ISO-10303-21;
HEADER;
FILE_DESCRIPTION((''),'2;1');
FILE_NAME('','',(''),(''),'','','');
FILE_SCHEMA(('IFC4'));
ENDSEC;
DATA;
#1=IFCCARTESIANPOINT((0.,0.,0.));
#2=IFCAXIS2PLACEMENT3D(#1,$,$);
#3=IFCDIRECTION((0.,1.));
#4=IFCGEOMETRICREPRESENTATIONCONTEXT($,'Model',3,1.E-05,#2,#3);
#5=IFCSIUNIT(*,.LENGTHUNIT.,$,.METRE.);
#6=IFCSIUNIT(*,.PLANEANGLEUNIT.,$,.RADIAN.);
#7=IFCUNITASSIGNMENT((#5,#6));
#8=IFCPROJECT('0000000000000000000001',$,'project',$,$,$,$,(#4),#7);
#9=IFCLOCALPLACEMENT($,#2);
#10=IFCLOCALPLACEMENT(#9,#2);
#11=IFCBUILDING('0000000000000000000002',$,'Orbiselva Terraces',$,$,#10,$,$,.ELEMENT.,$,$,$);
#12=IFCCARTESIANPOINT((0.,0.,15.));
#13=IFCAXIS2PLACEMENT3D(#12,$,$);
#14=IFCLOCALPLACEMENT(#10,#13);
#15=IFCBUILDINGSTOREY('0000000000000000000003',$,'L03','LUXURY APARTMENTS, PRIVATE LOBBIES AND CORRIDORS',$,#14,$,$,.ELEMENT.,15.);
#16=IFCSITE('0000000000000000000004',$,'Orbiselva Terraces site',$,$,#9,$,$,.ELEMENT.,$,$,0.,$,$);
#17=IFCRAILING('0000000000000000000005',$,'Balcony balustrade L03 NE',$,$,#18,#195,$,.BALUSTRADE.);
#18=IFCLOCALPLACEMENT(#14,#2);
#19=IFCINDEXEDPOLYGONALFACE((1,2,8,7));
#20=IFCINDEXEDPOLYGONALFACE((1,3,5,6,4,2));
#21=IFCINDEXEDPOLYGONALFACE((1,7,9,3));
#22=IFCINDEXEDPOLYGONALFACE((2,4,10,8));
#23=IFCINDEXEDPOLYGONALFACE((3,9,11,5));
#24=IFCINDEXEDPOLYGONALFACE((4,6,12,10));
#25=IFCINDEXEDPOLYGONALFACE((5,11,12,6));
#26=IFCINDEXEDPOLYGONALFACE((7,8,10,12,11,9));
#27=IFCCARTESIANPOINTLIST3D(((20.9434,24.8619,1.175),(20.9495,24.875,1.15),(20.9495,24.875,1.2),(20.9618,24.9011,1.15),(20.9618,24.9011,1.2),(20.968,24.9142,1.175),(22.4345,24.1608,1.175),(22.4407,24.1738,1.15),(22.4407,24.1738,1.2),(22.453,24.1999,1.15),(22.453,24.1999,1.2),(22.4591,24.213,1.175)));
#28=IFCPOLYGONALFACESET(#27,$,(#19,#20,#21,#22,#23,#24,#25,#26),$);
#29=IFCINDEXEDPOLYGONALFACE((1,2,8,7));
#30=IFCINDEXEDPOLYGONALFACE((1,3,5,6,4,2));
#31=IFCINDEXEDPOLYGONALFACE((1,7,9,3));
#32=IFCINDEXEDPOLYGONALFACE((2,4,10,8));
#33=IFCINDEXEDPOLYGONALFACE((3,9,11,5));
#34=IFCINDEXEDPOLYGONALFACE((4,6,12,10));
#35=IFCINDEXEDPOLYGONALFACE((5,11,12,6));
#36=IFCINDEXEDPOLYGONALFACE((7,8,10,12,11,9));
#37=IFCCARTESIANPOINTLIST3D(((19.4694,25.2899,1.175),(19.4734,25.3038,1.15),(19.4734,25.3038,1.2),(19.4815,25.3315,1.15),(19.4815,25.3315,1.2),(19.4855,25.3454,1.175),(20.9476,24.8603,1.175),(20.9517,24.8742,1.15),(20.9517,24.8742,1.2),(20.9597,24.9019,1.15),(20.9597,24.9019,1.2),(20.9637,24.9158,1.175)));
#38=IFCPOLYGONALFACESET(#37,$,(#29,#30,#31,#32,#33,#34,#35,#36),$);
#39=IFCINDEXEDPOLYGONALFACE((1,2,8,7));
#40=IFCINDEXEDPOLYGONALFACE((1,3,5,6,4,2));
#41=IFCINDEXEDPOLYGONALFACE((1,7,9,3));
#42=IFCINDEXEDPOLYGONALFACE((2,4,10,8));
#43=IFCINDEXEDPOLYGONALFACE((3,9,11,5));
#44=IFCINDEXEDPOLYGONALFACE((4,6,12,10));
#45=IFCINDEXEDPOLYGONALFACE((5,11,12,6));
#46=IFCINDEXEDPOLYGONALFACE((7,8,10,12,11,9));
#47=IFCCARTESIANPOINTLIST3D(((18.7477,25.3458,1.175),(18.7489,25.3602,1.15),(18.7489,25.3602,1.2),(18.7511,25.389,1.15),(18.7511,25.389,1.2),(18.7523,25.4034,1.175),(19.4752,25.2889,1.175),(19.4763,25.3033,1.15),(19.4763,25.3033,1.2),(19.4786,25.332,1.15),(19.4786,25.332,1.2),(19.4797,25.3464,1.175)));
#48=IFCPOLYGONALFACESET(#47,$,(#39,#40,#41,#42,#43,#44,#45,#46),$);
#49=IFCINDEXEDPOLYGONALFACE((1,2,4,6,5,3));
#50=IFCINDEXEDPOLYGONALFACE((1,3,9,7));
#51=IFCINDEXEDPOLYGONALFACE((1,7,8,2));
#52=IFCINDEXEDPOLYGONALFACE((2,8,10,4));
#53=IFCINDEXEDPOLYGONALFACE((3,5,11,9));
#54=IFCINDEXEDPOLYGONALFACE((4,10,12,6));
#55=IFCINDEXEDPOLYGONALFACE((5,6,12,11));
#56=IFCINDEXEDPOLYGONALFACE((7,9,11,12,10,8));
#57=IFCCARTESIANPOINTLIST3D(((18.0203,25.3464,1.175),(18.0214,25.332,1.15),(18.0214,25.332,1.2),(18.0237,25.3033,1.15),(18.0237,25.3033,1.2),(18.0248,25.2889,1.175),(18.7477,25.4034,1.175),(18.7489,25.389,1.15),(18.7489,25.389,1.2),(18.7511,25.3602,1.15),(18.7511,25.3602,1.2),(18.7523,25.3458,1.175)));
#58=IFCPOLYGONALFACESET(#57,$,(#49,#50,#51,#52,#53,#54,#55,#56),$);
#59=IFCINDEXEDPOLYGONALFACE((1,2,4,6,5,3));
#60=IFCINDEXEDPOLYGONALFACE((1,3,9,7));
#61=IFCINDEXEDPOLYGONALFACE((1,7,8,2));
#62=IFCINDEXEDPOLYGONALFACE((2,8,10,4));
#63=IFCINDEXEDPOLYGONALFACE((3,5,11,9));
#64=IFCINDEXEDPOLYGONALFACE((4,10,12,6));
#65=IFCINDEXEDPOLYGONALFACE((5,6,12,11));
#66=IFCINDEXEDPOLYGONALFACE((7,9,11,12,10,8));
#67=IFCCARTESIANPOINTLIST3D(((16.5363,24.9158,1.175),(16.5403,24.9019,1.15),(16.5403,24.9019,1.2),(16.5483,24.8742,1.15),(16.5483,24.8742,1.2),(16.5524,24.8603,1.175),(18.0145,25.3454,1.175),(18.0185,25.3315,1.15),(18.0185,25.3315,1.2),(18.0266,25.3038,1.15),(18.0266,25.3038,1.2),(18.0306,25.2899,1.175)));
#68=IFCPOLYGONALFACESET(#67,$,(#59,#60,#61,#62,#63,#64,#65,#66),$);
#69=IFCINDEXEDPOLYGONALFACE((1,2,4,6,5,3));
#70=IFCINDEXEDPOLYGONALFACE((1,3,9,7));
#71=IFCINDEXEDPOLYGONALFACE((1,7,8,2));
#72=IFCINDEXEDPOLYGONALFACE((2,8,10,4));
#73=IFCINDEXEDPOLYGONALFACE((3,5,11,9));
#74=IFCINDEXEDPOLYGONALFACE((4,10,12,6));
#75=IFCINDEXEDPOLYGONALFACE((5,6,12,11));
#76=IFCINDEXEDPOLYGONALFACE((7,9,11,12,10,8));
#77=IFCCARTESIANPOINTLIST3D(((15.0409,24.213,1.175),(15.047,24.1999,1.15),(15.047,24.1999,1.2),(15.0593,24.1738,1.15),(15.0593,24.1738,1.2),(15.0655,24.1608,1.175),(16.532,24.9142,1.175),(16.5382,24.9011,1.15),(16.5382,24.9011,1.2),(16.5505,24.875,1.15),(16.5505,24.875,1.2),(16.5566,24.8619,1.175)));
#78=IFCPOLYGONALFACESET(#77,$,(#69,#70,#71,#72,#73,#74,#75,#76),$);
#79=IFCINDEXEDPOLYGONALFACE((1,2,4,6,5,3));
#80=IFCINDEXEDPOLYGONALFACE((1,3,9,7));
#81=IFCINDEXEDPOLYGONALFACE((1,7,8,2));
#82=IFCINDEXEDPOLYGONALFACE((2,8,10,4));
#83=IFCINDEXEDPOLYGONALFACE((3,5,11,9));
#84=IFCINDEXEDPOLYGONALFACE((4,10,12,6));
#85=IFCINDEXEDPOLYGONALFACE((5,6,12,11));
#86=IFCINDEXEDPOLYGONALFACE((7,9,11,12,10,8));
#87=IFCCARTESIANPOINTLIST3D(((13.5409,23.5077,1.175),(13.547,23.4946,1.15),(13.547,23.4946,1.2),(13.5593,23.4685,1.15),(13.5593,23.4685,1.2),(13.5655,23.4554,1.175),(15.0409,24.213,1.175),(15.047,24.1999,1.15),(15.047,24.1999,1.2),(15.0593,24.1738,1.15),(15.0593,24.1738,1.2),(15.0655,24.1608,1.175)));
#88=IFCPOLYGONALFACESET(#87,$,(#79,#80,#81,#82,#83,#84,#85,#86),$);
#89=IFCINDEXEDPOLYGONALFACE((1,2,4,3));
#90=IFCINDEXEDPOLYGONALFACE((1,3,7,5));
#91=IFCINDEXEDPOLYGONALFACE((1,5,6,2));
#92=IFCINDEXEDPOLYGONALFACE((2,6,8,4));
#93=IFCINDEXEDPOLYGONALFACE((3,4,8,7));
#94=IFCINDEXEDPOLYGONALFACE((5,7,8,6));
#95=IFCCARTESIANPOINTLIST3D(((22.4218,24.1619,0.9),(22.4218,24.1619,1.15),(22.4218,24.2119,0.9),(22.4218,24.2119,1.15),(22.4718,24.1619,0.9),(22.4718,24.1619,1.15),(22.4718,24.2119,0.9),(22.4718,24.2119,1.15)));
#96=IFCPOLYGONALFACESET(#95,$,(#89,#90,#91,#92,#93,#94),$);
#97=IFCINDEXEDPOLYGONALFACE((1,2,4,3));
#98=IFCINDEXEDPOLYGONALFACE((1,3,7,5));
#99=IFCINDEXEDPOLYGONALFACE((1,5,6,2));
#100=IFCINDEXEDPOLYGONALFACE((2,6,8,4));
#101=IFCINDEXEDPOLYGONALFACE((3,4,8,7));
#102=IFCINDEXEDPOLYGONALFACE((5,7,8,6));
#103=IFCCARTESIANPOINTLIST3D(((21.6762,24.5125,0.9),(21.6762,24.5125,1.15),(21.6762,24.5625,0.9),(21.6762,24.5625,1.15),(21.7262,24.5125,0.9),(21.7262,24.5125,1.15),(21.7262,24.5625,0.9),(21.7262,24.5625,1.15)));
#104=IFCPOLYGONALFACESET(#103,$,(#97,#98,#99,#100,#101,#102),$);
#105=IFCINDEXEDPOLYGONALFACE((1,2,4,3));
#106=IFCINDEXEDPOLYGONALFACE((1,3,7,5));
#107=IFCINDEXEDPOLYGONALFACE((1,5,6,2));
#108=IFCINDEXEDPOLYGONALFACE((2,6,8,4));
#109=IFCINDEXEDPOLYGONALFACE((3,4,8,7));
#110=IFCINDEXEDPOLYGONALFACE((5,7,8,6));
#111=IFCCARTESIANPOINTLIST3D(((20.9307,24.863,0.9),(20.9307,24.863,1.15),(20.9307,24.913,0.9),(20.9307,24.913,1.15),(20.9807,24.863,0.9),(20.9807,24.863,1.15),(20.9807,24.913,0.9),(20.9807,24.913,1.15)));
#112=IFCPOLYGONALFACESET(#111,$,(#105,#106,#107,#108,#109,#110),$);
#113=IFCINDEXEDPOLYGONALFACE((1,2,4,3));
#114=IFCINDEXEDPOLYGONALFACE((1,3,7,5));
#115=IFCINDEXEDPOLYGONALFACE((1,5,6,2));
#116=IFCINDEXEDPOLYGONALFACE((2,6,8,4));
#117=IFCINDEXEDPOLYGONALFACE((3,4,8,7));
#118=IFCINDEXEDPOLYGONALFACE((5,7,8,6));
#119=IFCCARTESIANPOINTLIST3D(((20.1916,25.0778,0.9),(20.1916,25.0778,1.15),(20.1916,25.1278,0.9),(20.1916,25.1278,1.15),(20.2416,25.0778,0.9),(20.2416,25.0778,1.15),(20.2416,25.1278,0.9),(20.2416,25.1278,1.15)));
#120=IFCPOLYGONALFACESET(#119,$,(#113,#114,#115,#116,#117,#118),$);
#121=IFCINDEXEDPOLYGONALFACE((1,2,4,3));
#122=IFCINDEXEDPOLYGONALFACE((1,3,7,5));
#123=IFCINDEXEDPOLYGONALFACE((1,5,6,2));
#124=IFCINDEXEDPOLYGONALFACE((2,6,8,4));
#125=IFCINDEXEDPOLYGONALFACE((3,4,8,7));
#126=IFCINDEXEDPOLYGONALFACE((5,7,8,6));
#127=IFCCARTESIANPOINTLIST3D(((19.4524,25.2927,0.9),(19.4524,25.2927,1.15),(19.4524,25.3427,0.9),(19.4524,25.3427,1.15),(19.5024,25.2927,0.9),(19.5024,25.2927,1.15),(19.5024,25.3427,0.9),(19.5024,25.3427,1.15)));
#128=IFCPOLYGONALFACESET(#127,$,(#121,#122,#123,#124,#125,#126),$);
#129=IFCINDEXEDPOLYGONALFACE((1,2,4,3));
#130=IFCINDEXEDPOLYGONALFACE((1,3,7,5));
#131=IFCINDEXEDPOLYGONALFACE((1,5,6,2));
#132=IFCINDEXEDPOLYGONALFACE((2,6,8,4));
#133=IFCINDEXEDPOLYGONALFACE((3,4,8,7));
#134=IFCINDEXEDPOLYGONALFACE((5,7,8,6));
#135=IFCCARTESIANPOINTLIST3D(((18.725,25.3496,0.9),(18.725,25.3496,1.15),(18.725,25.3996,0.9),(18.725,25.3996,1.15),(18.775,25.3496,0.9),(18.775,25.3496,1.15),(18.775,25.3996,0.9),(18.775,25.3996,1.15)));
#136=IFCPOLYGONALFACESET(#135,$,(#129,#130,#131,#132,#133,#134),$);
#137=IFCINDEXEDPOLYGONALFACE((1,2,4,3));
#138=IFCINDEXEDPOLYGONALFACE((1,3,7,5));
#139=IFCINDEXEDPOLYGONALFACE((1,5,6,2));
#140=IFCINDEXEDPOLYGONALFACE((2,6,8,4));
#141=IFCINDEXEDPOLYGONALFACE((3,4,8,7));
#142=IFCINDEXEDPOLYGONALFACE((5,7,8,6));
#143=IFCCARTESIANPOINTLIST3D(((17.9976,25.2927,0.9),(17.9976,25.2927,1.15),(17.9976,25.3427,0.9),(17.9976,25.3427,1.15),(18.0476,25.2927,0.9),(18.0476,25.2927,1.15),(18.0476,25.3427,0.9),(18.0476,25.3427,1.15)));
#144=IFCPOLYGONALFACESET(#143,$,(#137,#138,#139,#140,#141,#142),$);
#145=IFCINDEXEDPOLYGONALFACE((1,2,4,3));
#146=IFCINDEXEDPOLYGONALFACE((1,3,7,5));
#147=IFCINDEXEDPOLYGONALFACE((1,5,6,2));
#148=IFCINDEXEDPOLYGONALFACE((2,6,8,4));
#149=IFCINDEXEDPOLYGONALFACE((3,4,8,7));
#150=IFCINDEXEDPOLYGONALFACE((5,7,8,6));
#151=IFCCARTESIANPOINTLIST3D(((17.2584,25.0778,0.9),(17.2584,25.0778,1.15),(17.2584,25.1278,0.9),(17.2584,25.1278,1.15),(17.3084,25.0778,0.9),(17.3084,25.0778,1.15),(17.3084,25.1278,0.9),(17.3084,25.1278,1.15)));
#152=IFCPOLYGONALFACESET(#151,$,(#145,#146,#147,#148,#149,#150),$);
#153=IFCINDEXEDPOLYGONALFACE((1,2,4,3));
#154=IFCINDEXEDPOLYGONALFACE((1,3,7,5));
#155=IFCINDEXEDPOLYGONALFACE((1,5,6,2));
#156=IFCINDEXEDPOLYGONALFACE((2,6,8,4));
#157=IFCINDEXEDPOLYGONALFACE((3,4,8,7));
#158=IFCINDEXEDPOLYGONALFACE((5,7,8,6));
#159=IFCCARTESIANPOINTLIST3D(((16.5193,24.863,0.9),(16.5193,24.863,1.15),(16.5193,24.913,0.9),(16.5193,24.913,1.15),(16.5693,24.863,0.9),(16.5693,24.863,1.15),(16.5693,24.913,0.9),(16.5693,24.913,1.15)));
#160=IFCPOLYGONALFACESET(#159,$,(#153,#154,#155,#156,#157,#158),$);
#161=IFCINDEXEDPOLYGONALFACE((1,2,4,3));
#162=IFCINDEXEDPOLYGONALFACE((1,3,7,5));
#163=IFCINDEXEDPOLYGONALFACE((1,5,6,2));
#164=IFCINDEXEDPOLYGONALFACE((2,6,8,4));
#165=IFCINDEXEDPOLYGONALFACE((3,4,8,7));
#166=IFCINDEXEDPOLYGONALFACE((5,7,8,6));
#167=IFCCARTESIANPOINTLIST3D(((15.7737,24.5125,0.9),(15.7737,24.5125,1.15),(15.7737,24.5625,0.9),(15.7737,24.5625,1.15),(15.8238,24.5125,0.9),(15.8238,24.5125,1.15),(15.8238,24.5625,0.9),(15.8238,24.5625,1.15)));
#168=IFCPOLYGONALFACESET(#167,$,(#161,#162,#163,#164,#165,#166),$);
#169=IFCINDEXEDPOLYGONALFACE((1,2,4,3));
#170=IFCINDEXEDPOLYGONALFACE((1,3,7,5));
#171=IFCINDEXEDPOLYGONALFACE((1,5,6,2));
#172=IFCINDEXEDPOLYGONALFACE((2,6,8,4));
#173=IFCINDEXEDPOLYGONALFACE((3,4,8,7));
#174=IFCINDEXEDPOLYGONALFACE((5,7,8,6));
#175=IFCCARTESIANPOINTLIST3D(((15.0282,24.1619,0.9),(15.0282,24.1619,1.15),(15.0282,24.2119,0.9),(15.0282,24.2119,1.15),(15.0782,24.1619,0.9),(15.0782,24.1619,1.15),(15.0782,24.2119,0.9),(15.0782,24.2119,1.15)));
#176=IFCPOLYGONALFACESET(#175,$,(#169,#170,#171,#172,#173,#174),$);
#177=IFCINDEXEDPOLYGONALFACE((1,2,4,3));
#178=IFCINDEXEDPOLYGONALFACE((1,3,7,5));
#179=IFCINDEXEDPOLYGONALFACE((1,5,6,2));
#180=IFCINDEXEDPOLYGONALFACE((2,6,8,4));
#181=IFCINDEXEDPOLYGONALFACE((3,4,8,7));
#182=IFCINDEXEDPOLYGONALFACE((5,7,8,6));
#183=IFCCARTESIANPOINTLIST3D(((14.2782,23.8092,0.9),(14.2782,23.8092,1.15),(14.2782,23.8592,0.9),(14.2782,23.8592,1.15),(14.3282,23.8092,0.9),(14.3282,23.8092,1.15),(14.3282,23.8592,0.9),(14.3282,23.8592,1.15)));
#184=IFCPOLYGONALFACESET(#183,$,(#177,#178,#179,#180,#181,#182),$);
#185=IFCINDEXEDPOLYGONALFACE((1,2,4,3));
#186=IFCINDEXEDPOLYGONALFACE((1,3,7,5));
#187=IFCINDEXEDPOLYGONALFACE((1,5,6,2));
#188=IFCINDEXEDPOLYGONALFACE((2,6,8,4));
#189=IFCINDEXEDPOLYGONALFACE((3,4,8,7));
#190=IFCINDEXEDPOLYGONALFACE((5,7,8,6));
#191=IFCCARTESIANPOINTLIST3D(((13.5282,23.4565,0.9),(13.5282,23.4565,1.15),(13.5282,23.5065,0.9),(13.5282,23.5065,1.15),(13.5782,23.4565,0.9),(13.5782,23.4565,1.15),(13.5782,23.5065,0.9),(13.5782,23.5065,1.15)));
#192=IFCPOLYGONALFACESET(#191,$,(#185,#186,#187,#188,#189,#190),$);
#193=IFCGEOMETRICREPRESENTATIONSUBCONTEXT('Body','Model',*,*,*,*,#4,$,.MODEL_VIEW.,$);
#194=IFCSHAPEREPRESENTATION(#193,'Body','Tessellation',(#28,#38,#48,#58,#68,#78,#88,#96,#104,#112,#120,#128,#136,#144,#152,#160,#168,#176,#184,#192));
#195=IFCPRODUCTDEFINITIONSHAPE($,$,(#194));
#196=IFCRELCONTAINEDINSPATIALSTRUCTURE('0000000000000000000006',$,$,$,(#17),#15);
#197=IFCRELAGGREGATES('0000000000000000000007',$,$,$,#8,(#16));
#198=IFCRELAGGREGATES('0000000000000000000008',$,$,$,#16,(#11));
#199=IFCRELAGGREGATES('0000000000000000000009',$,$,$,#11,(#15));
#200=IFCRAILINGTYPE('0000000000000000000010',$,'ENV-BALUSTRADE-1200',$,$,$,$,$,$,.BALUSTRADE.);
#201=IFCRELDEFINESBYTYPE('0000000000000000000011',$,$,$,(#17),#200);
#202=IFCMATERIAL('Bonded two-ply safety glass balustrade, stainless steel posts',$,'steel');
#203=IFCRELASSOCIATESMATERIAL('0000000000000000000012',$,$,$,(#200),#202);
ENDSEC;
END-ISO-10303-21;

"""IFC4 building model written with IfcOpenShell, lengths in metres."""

from ifc_helpers import new_model, si_unit, direction, frame, origin, origin_2d, place, context, subcontext, project, spatial, polyline, rectangle, outline, extrude, material, type_object, element, save


model = new_model("IFC4")

# Units and contexts
model_context = context("Model", 3, precision=1e-05, world=origin(), true_north=direction((0.0, 1.0)))
body_context = subcontext(model_context, "Body", "Model", "MODEL_VIEW")
ifc_project = project(units=[si_unit("LENGTHUNIT", "METRE"), si_unit("PLANEANGLEUNIT", "RADIAN")], contexts=[model_context])

# Site, building, storey
site_placement = place(None, origin())
site = spatial("IfcSite", under=ifc_project, at=site_placement, Name="Orbiselva Terraces site", CompositionType="ELEMENT", RefElevation=0.0)
building_placement = place(site_placement, origin())
building = spatial("IfcBuilding", under=site, at=building_placement, Name="Orbiselva Terraces", CompositionType="ELEMENT")
storey_placement = place(building_placement, frame((0.0, 0.0, 15.0)))
storey = spatial("IfcBuildingStorey", under=building, at=storey_placement, Name="L03", Description="LUXURY APARTMENTS, PRIVATE LOBBIES AND CORRIDORS", CompositionType="ELEMENT", Elevation=15.0)

# Railing
ifc_material_1 = material(Name="Bonded two-ply safety glass balustrade, stainless steel posts", Category="steel")
railing_type_1 = type_object("IfcRailingType", Name="ENV-BALUSTRADE-1200", PredefinedType="BALUSTRADE", material=ifc_material_1)
railing_1_placement = place(storey_placement, frame((22.4468, 24.1869, 0.9)))
element("IfcRailing", 1, at=railing_1_placement, inside=storey, type_object=railing_type_1, Name="Balcony balustrade L03 NE", PredefinedType="BALUSTRADE", context=body_context, shape_type="SweptSolid", body=[
    extrude(outline(polyline([(0.0289, 0.0), (0.0144, 0.025), (-0.0144, 0.025), (-0.0289, 0.0), (-0.0144, -0.025), (0.0144, -0.025), (0.0289, 0.0)])), frame((0.0, 0.0, 0.275), z_axis=(-0.904944, 0.42553, 0.0), x_axis=(-0.42553, -0.904944, 0.0)), (0.0, 0.0, 1.0), 1.6477),
    extrude(outline(polyline([(0.0289, 0.0), (0.0144, 0.025), (-0.0144, 0.025), (-0.0289, 0.0), (-0.0144, -0.025), (0.0144, -0.025), (0.0289, 0.0)])), frame((-1.4911, 0.7012, 0.275), z_axis=(-0.96027, 0.279072, 0.0), x_axis=(-0.279072, -0.96027, 0.0)), (0.0, 0.0, 1.0), 1.5394),
    extrude(outline(polyline([(0.0289, 0.0), (0.0144, 0.025), (-0.0144, 0.025), (-0.0289, 0.0), (-0.0144, -0.025), (0.0144, -0.025), (0.0289, 0.0)])), frame((-2.9694, 1.1308, 0.275), z_axis=(-0.996948, 0.07807, 0.0), x_axis=(-0.07807, -0.996948, 0.0)), (0.0, 0.0, 1.0), 0.7297),
    extrude(outline(polyline([(0.0289, 0.0), (0.0144, 0.025), (-0.0144, 0.025), (-0.0289, 0.0), (-0.0144, -0.025), (0.0144, -0.025), (0.0289, 0.0)])), frame((-3.6968, 1.1877, 0.275), z_axis=(-0.996948, -0.07807, 0.0), x_axis=(0.07807, -0.996948, 0.0)), (0.0, 0.0, 1.0), 0.7297),
    extrude(outline(polyline([(0.0289, 0.0), (0.0144, 0.025), (-0.0144, 0.025), (-0.0289, 0.0), (-0.0144, -0.025), (0.0144, -0.025), (0.0289, 0.0)])), frame((-4.4243, 1.1308, 0.275), z_axis=(-0.96027, -0.279072, 0.0), x_axis=(0.279072, -0.96027, 0.0)), (0.0, 0.0, 1.0), 1.5394),
    extrude(outline(polyline([(0.0289, 0.0), (0.0144, 0.025), (-0.0144, 0.025), (-0.0289, 0.0), (-0.0144, -0.025), (0.0144, -0.025), (0.0289, 0.0)])), frame((-5.9025, 0.7012, 0.275), z_axis=(-0.904944, -0.42553, 0.0), x_axis=(0.42553, -0.904944, 0.0)), (0.0, 0.0, 1.0), 1.6477),
    extrude(outline(polyline([(0.0289, 0.0), (0.0144, 0.025), (-0.0144, 0.025), (-0.0289, 0.0), (-0.0144, -0.025), (0.0144, -0.025), (0.0289, 0.0)])), frame((-7.3936, 0.0, 0.275), z_axis=(-0.904944, -0.42553, 0.0), x_axis=(0.42553, -0.904944, 0.0)), (0.0, 0.0, 1.0), 1.6576),
    extrude(rectangle(XDim=0.05, YDim=0.05, at=origin_2d()), origin(), (0.0, 0.0, 1.0), 0.25),
    extrude(rectangle(XDim=0.05, YDim=0.05, at=origin_2d()), frame((-0.7456, 0.3506, 0.0)), (0.0, 0.0, 1.0), 0.25),
    extrude(rectangle(XDim=0.05, YDim=0.05, at=origin_2d()), frame((-1.4911, 0.7012, 0.0)), (0.0, 0.0, 1.0), 0.25),
    extrude(rectangle(XDim=0.05, YDim=0.05, at=origin_2d()), frame((-2.2302, 0.916, 0.0)), (0.0, 0.0, 1.0), 0.25),
    extrude(rectangle(XDim=0.05, YDim=0.05, at=origin_2d()), frame((-2.9694, 1.1308, 0.0)), (0.0, 0.0, 1.0), 0.25),
    extrude(rectangle(XDim=0.05, YDim=0.05, at=origin_2d()), frame((-3.6968, 1.1877, 0.0)), (0.0, 0.0, 1.0), 0.25),
    extrude(rectangle(XDim=0.05, YDim=0.05, at=origin_2d()), frame((-4.4243, 1.1308, 0.0)), (0.0, 0.0, 1.0), 0.25),
    extrude(rectangle(XDim=0.05, YDim=0.05, at=origin_2d()), frame((-5.1634, 0.916, 0.0)), (0.0, 0.0, 1.0), 0.25),
    extrude(rectangle(XDim=0.05, YDim=0.05, at=origin_2d()), frame((-5.9025, 0.7012, 0.0)), (0.0, 0.0, 1.0), 0.25),
    extrude(rectangle(XDim=0.05, YDim=0.05, at=origin_2d()), frame((-6.6481, 0.3506, 0.0)), (0.0, 0.0, 1.0), 0.25),
    extrude(rectangle(XDim=0.05, YDim=0.05, at=origin_2d()), frame((-7.3936, 0.0, 0.0)), (0.0, 0.0, 1.0), 0.25),
    extrude(rectangle(XDim=0.05, YDim=0.05, at=origin_2d()), frame((-8.1436, -0.3527, 0.0)), (0.0, 0.0, 1.0), 0.25),
    extrude(rectangle(XDim=0.05, YDim=0.05, at=origin_2d()), frame((-8.8936, -0.7053, 0.0)), (0.0, 0.0, 1.0), 0.25),
])

save(model, "model.ifc")
